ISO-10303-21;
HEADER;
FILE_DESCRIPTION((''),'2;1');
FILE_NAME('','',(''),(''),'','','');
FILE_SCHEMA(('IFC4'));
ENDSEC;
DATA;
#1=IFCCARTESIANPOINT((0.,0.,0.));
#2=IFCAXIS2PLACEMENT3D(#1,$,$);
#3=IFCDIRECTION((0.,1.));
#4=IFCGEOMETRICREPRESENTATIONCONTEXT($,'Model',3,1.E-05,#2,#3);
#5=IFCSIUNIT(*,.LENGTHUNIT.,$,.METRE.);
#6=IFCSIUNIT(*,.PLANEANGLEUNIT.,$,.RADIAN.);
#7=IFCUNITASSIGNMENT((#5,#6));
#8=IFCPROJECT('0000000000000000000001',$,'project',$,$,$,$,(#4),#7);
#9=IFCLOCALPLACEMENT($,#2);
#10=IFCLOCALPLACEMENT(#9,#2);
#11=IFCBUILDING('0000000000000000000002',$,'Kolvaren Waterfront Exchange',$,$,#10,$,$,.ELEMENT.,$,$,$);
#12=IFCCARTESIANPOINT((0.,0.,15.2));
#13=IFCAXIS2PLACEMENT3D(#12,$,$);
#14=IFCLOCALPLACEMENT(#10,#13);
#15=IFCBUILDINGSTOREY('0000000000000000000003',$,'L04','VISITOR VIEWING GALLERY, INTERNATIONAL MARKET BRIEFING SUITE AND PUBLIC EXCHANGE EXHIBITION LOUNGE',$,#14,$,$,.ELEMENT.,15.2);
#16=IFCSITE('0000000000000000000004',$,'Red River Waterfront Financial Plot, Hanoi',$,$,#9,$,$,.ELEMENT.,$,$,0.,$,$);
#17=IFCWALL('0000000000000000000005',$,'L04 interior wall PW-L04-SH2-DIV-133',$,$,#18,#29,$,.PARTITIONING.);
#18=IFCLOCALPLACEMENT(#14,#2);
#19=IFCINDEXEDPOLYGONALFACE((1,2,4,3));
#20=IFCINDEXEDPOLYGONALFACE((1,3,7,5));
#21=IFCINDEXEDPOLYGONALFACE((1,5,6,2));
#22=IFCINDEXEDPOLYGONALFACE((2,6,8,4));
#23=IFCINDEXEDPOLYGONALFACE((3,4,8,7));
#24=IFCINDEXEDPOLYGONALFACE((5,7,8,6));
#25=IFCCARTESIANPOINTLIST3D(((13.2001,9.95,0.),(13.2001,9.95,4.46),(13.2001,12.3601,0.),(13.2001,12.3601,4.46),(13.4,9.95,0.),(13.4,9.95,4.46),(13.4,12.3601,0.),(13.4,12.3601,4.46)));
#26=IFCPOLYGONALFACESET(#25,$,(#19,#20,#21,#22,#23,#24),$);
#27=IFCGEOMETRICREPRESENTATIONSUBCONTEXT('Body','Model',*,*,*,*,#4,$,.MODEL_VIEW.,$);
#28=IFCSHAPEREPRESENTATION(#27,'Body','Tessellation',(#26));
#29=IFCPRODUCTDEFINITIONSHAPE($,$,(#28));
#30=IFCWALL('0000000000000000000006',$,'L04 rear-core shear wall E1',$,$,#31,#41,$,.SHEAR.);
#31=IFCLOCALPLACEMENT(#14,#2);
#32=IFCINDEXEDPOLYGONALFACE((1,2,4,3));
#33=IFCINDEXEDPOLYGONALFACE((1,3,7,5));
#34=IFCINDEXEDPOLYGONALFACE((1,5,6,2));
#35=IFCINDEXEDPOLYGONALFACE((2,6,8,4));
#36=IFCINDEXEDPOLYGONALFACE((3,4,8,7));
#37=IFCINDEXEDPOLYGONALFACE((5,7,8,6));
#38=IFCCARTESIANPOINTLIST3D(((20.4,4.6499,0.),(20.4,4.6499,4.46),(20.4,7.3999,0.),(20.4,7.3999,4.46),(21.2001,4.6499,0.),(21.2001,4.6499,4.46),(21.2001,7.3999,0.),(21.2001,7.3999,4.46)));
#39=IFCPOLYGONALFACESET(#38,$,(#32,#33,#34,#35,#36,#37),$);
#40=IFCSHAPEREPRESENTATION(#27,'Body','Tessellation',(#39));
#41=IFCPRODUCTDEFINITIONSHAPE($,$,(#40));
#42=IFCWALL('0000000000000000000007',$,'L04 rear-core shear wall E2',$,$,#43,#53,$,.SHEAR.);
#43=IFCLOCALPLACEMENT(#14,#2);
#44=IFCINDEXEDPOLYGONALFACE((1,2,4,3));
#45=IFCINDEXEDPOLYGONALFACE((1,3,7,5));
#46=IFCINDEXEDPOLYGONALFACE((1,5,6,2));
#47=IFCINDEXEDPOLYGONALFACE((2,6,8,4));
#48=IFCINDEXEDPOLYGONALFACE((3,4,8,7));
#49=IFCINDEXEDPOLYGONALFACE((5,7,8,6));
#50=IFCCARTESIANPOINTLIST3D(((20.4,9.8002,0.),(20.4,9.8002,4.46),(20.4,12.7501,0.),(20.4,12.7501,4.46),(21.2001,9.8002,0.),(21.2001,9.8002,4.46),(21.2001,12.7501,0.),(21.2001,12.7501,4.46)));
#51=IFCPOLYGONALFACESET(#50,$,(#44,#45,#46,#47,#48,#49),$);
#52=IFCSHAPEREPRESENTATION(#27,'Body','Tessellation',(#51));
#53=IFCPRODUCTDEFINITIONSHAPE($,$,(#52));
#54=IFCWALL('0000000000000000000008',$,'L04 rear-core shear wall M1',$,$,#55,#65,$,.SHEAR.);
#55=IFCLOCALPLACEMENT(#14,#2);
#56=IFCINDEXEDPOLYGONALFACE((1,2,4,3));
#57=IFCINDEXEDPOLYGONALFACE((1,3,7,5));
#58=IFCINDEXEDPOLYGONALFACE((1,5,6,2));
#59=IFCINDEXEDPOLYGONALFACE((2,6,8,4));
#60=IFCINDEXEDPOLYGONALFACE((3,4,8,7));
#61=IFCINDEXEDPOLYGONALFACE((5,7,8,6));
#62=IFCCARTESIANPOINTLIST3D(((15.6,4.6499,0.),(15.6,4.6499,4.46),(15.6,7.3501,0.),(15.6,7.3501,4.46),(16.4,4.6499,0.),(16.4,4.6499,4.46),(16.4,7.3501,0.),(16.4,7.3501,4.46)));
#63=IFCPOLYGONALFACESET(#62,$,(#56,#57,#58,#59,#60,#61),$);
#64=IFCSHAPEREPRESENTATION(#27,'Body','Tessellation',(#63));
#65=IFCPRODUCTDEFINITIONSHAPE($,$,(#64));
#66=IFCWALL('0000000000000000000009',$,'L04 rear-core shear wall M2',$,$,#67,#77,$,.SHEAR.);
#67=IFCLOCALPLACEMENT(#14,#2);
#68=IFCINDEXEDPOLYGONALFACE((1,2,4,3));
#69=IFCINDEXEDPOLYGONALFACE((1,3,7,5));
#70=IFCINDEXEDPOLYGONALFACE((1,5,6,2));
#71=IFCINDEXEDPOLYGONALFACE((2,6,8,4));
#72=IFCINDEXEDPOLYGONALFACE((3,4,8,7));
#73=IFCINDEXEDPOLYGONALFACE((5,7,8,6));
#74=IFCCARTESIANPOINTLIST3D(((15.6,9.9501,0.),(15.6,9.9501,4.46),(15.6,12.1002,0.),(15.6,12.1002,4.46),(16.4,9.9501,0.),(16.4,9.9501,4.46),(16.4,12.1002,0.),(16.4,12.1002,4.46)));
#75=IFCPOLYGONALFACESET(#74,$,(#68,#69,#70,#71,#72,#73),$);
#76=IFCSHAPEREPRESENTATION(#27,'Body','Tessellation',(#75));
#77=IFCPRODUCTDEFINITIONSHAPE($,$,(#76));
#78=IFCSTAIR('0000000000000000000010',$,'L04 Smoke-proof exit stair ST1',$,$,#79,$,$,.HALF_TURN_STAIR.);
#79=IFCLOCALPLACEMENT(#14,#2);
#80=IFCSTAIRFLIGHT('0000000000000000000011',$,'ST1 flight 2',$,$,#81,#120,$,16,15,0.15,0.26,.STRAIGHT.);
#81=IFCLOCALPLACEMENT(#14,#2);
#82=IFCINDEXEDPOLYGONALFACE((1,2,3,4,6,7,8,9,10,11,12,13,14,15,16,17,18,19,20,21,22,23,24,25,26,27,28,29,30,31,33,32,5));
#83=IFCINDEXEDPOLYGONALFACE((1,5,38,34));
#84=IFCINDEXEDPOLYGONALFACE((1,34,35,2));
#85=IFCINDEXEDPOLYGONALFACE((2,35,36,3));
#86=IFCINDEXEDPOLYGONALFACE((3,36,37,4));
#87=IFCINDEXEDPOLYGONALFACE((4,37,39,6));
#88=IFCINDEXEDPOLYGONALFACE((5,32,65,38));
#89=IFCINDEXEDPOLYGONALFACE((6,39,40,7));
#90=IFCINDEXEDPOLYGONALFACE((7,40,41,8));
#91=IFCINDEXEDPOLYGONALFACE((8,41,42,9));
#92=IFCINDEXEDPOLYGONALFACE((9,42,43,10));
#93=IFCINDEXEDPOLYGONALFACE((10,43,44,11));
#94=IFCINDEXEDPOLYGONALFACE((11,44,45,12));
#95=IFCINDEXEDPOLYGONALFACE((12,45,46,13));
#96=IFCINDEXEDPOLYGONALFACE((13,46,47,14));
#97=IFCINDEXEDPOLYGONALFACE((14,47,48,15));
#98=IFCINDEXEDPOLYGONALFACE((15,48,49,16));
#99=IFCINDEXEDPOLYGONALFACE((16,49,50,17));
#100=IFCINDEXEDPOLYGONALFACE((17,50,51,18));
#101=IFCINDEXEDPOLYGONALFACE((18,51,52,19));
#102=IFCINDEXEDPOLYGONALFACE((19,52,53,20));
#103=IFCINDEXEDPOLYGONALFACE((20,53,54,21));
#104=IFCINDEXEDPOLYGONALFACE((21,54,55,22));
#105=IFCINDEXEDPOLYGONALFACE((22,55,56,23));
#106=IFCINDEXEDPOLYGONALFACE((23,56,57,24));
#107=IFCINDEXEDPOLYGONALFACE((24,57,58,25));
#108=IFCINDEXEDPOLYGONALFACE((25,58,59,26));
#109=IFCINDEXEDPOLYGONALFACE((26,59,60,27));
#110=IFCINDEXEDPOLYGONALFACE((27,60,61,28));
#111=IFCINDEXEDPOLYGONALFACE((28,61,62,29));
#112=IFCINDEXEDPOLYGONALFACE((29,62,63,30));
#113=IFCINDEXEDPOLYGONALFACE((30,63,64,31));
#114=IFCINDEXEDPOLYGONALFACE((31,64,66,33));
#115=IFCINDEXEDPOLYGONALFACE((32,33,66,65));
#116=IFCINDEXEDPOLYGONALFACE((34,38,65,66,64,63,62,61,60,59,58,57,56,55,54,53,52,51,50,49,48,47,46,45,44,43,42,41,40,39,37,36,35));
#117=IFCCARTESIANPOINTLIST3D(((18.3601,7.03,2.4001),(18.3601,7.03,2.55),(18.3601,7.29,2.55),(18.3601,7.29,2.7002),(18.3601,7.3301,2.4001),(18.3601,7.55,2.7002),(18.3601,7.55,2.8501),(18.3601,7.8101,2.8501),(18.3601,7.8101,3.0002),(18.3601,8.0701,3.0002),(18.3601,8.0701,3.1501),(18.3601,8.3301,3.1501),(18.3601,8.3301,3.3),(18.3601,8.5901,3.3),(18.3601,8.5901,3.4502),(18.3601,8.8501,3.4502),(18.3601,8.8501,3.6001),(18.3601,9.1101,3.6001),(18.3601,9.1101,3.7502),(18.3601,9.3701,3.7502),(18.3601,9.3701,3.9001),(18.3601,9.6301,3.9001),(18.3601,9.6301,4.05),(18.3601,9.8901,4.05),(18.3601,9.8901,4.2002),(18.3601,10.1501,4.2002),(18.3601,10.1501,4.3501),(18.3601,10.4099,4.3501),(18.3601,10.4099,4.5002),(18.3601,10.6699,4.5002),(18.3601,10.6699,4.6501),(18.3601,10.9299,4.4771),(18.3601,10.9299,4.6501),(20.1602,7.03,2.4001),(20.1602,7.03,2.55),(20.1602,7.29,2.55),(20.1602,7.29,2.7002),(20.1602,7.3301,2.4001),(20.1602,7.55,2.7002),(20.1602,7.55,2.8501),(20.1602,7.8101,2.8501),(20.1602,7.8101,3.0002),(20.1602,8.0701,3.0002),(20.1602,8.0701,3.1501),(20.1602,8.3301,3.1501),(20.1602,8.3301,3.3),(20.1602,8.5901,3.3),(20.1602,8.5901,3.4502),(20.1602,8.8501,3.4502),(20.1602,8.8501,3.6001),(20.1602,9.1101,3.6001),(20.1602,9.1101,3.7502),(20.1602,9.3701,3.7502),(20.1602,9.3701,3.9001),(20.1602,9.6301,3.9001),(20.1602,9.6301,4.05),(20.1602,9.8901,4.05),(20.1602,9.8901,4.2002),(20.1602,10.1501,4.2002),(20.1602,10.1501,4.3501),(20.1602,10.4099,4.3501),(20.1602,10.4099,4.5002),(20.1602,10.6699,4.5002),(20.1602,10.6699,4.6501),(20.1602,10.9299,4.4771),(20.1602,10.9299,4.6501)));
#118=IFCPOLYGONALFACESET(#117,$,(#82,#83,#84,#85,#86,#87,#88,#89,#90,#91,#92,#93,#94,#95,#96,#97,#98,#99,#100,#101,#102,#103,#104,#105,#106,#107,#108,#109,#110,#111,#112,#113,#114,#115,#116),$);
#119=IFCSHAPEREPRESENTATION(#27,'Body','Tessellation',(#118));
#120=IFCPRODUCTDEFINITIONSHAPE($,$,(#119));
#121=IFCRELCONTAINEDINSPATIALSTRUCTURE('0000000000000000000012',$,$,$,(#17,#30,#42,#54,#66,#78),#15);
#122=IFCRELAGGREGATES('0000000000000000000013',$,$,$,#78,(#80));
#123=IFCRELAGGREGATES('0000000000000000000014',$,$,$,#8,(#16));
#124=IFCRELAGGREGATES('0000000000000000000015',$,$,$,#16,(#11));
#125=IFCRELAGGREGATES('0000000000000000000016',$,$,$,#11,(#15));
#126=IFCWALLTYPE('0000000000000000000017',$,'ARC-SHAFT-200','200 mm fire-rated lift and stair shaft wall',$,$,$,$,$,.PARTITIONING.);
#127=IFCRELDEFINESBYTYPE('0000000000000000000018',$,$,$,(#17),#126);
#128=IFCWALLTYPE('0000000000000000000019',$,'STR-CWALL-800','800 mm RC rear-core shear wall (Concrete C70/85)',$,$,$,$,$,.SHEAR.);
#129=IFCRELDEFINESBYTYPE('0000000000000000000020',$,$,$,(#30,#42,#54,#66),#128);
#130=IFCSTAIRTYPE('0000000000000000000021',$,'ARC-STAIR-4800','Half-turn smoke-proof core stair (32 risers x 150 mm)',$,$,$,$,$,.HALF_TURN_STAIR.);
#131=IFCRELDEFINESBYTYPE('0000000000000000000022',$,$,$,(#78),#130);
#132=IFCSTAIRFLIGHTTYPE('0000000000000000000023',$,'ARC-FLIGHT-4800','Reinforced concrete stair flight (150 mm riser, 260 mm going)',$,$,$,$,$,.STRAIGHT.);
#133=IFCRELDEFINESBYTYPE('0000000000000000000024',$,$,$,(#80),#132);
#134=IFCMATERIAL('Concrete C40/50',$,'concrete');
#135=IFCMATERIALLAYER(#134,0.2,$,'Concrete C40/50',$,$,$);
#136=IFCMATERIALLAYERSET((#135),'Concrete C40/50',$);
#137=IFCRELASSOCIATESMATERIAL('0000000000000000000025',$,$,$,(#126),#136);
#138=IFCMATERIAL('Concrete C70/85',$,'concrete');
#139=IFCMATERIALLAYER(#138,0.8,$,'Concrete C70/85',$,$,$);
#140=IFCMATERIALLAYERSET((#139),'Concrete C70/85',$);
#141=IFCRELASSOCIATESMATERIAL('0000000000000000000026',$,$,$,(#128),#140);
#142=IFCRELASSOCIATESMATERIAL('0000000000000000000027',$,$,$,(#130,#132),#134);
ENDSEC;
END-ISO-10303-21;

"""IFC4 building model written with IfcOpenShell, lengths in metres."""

from ifc_helpers import new_model, si_unit, direction, frame, frame_2d, origin, place, context, subcontext, project, spatial, polyline, rectangle, outline, extrude, material, layer, layer_set, type_object, element, aggregate, save


model = new_model("IFC4")

# Units and contexts
model_context = context("Model", 3, precision=1e-05, world=origin(), true_north=direction((0.0, 1.0)))
body_context = subcontext(model_context, "Body", "Model", "MODEL_VIEW")
ifc_project = project(units=[si_unit("LENGTHUNIT", "METRE"), si_unit("PLANEANGLEUNIT", "RADIAN")], contexts=[model_context])

# Site, building, storey
site_placement = place(None, origin())
site = spatial("IfcSite", under=ifc_project, at=site_placement, Name="Red River Waterfront Financial Plot, Hanoi", CompositionType="ELEMENT", RefElevation=0.0)
building_placement = place(site_placement, origin())
building = spatial("IfcBuilding", under=site, at=building_placement, Name="Kolvaren Waterfront Exchange", CompositionType="ELEMENT")
storey_placement = place(building_placement, frame((0.0, 0.0, 15.2)))
storey = spatial("IfcBuildingStorey", under=building, at=storey_placement, Name="L04", Description="VISITOR VIEWING GALLERY, INTERNATIONAL MARKET BRIEFING SUITE AND PUBLIC EXCHANGE EXHIBITION LOUNGE", CompositionType="ELEMENT", Elevation=15.2)

# Shared definitions
ifc_material_1 = material(Name="Concrete C70/85", Category="concrete")

# Walls
ifc_material_2 = material(Name="Concrete C40/50", Category="concrete")
ifc_layer_1 = layer(ifc_material_2, 0.2, Name="Concrete C40/50")
ifc_layer_set_1 = layer_set([ifc_layer_1], Name="Concrete C40/50")
wall_type_1 = type_object("IfcWallType", Name="ARC-SHAFT-200", Description="200 mm fire-rated lift and stair shaft wall", PredefinedType="PARTITIONING", material=ifc_layer_set_1)
for number, where, z_axis, x_axis, name in (
    (1, (13.3, 9.95, 0.0), (0.0, 0.0, 1.0), (0.0, 1.0, 0.0), "L04 interior wall PW-L04-SH2-DIV-133"),
):
    element("IfcWall", number, at=place(storey_placement, frame(where, z_axis=z_axis, x_axis=x_axis)), inside=storey, type_object=wall_type_1, Name=name, PredefinedType="PARTITIONING", context=body_context, shape_type="SweptSolid", body=[
        extrude(rectangle(XDim=2.4102, YDim=0.2, at=frame_2d((1.2051, 0.0))), origin(), (0.0, 0.0, 1.0), 4.46),
    ])
ifc_layer_2 = layer(ifc_material_1, 0.8, Name="Concrete C70/85")
ifc_layer_set_2 = layer_set([ifc_layer_2], Name="Concrete C70/85")
wall_type_2 = type_object("IfcWallType", Name="STR-CWALL-800", Description="800 mm RC rear-core shear wall (Concrete C70/85)", PredefinedType="SHEAR", material=ifc_layer_set_2)
wall_1_placement = place(storey_placement, frame((20.8, 4.6499, 0.0), z_axis=(0.0, 0.0, 1.0), x_axis=(0.0, 1.0, 0.0)))
element("IfcWall", 2, at=wall_1_placement, inside=storey, type_object=wall_type_2, Name="L04 rear-core shear wall E1", PredefinedType="SHEAR", context=body_context, shape_type="SweptSolid", body=[
    extrude(rectangle(XDim=2.75, YDim=0.8, at=frame_2d((1.375, 0.0))), origin(), (0.0, 0.0, 1.0), 4.46),
])
wall_2_placement = place(storey_placement, frame((20.8, 9.8, 0.0), z_axis=(0.0, 0.0, 1.0), x_axis=(0.0, 1.0, 0.0)))
element("IfcWall", 3, at=wall_2_placement, inside=storey, type_object=wall_type_2, Name="L04 rear-core shear wall E2", PredefinedType="SHEAR", context=body_context, shape_type="SweptSolid", body=[
    extrude(rectangle(XDim=2.95, YDim=0.8, at=frame_2d((1.4751, 0.0))), origin(), (0.0, 0.0, 1.0), 4.46),
])
wall_3_placement = place(storey_placement, frame((16.0, 4.6499, 0.0), z_axis=(0.0, 0.0, 1.0), x_axis=(0.0, 1.0, 0.0)))
element("IfcWall", 4, at=wall_3_placement, inside=storey, type_object=wall_type_2, Name="L04 rear-core shear wall M1", PredefinedType="SHEAR", context=body_context, shape_type="SweptSolid", body=[
    extrude(rectangle(XDim=2.7002, YDim=0.8, at=frame_2d((1.3501, 0.0))), origin(), (0.0, 0.0, 1.0), 4.46),
])
wall_4_placement = place(storey_placement, frame((16.0, 9.95, 0.0), z_axis=(0.0, 0.0, 1.0), x_axis=(0.0, 1.0, 0.0)))
element("IfcWall", 5, at=wall_4_placement, inside=storey, type_object=wall_type_2, Name="L04 rear-core shear wall M2", PredefinedType="SHEAR", context=body_context, shape_type="SweptSolid", body=[
    extrude(rectangle(XDim=2.1501, YDim=0.8, at=frame_2d((1.0752, 0.0))), origin(), (0.0, 0.0, 1.0), 4.46),
])

# Stair, stair flight
stair_type = type_object("IfcStairType", Name="ARC-STAIR-4800", Description="Half-turn smoke-proof core stair (32 risers x 150 mm)", PredefinedType="HALF_TURN_STAIR", material=ifc_material_2)
stair_placement = place(storey_placement, origin())
stair = element("IfcStair", 6, at=stair_placement, inside=storey, type_object=stair_type, Name="L04 Smoke-proof exit stair ST1", PredefinedType="HALF_TURN_STAIR")
stair_flight_type = type_object("IfcStairFlightType", Name="ARC-FLIGHT-4800", Description="Reinforced concrete stair flight (150 mm riser, 260 mm going)", PredefinedType="STRAIGHT", material=ifc_material_2)
stair_flight_placement = place(storey_placement, frame((19.26, 7.03, 2.4001), z_axis=(0.0, 0.0, 1.0), x_axis=(0.0, 1.0, 0.0)))
stair_flight = element("IfcStairFlight", 7, at=stair_flight_placement, type_object=stair_flight_type, Name="ST1 flight 2", NumberOfRisers=16, NumberOfTreads=15, PredefinedType="STRAIGHT", RiserHeight=0.15, TreadLength=0.26, context=body_context, shape_type="SweptSolid", body=[
    extrude(outline(polyline([(0.0, 0.0), (0.0, 0.1499), (0.26, 0.1499), (0.26, 0.3), (0.52, 0.3), (0.52, 0.45), (0.78, 0.45), (0.78, 0.6001), (1.04, 0.6001), (1.04, 0.75), (1.3, 0.75), (1.3, 0.8999), (1.5601, 0.8999), (1.5601, 1.05), (1.8201, 1.05), (1.8201, 1.2), (2.0801, 1.2), (2.0801, 1.3501), (2.3401, 1.3501), (2.3401, 1.5), (2.6001, 1.5), (2.6001, 1.6499), (2.8601, 1.6499), (2.8601, 1.8), (3.1201, 1.8), (3.1201, 1.95), (3.3799, 1.95), (3.3799, 2.1001), (3.6399, 2.1001), (3.6399, 2.25), (3.8999, 2.25), (3.8999, 2.3999), (3.8999, 2.0769), (0.3, 0.0), (0.0, 0.0)])), frame((0.0, 0.8999, 0.0), z_axis=(0.0, -1.0, 0.0), x_axis=(1.0, 0.0, 0.0)), (0.0, 0.0, 1.0), 1.8),
])
aggregate(stair, [stair_flight])

save(model, "model.ifc")
